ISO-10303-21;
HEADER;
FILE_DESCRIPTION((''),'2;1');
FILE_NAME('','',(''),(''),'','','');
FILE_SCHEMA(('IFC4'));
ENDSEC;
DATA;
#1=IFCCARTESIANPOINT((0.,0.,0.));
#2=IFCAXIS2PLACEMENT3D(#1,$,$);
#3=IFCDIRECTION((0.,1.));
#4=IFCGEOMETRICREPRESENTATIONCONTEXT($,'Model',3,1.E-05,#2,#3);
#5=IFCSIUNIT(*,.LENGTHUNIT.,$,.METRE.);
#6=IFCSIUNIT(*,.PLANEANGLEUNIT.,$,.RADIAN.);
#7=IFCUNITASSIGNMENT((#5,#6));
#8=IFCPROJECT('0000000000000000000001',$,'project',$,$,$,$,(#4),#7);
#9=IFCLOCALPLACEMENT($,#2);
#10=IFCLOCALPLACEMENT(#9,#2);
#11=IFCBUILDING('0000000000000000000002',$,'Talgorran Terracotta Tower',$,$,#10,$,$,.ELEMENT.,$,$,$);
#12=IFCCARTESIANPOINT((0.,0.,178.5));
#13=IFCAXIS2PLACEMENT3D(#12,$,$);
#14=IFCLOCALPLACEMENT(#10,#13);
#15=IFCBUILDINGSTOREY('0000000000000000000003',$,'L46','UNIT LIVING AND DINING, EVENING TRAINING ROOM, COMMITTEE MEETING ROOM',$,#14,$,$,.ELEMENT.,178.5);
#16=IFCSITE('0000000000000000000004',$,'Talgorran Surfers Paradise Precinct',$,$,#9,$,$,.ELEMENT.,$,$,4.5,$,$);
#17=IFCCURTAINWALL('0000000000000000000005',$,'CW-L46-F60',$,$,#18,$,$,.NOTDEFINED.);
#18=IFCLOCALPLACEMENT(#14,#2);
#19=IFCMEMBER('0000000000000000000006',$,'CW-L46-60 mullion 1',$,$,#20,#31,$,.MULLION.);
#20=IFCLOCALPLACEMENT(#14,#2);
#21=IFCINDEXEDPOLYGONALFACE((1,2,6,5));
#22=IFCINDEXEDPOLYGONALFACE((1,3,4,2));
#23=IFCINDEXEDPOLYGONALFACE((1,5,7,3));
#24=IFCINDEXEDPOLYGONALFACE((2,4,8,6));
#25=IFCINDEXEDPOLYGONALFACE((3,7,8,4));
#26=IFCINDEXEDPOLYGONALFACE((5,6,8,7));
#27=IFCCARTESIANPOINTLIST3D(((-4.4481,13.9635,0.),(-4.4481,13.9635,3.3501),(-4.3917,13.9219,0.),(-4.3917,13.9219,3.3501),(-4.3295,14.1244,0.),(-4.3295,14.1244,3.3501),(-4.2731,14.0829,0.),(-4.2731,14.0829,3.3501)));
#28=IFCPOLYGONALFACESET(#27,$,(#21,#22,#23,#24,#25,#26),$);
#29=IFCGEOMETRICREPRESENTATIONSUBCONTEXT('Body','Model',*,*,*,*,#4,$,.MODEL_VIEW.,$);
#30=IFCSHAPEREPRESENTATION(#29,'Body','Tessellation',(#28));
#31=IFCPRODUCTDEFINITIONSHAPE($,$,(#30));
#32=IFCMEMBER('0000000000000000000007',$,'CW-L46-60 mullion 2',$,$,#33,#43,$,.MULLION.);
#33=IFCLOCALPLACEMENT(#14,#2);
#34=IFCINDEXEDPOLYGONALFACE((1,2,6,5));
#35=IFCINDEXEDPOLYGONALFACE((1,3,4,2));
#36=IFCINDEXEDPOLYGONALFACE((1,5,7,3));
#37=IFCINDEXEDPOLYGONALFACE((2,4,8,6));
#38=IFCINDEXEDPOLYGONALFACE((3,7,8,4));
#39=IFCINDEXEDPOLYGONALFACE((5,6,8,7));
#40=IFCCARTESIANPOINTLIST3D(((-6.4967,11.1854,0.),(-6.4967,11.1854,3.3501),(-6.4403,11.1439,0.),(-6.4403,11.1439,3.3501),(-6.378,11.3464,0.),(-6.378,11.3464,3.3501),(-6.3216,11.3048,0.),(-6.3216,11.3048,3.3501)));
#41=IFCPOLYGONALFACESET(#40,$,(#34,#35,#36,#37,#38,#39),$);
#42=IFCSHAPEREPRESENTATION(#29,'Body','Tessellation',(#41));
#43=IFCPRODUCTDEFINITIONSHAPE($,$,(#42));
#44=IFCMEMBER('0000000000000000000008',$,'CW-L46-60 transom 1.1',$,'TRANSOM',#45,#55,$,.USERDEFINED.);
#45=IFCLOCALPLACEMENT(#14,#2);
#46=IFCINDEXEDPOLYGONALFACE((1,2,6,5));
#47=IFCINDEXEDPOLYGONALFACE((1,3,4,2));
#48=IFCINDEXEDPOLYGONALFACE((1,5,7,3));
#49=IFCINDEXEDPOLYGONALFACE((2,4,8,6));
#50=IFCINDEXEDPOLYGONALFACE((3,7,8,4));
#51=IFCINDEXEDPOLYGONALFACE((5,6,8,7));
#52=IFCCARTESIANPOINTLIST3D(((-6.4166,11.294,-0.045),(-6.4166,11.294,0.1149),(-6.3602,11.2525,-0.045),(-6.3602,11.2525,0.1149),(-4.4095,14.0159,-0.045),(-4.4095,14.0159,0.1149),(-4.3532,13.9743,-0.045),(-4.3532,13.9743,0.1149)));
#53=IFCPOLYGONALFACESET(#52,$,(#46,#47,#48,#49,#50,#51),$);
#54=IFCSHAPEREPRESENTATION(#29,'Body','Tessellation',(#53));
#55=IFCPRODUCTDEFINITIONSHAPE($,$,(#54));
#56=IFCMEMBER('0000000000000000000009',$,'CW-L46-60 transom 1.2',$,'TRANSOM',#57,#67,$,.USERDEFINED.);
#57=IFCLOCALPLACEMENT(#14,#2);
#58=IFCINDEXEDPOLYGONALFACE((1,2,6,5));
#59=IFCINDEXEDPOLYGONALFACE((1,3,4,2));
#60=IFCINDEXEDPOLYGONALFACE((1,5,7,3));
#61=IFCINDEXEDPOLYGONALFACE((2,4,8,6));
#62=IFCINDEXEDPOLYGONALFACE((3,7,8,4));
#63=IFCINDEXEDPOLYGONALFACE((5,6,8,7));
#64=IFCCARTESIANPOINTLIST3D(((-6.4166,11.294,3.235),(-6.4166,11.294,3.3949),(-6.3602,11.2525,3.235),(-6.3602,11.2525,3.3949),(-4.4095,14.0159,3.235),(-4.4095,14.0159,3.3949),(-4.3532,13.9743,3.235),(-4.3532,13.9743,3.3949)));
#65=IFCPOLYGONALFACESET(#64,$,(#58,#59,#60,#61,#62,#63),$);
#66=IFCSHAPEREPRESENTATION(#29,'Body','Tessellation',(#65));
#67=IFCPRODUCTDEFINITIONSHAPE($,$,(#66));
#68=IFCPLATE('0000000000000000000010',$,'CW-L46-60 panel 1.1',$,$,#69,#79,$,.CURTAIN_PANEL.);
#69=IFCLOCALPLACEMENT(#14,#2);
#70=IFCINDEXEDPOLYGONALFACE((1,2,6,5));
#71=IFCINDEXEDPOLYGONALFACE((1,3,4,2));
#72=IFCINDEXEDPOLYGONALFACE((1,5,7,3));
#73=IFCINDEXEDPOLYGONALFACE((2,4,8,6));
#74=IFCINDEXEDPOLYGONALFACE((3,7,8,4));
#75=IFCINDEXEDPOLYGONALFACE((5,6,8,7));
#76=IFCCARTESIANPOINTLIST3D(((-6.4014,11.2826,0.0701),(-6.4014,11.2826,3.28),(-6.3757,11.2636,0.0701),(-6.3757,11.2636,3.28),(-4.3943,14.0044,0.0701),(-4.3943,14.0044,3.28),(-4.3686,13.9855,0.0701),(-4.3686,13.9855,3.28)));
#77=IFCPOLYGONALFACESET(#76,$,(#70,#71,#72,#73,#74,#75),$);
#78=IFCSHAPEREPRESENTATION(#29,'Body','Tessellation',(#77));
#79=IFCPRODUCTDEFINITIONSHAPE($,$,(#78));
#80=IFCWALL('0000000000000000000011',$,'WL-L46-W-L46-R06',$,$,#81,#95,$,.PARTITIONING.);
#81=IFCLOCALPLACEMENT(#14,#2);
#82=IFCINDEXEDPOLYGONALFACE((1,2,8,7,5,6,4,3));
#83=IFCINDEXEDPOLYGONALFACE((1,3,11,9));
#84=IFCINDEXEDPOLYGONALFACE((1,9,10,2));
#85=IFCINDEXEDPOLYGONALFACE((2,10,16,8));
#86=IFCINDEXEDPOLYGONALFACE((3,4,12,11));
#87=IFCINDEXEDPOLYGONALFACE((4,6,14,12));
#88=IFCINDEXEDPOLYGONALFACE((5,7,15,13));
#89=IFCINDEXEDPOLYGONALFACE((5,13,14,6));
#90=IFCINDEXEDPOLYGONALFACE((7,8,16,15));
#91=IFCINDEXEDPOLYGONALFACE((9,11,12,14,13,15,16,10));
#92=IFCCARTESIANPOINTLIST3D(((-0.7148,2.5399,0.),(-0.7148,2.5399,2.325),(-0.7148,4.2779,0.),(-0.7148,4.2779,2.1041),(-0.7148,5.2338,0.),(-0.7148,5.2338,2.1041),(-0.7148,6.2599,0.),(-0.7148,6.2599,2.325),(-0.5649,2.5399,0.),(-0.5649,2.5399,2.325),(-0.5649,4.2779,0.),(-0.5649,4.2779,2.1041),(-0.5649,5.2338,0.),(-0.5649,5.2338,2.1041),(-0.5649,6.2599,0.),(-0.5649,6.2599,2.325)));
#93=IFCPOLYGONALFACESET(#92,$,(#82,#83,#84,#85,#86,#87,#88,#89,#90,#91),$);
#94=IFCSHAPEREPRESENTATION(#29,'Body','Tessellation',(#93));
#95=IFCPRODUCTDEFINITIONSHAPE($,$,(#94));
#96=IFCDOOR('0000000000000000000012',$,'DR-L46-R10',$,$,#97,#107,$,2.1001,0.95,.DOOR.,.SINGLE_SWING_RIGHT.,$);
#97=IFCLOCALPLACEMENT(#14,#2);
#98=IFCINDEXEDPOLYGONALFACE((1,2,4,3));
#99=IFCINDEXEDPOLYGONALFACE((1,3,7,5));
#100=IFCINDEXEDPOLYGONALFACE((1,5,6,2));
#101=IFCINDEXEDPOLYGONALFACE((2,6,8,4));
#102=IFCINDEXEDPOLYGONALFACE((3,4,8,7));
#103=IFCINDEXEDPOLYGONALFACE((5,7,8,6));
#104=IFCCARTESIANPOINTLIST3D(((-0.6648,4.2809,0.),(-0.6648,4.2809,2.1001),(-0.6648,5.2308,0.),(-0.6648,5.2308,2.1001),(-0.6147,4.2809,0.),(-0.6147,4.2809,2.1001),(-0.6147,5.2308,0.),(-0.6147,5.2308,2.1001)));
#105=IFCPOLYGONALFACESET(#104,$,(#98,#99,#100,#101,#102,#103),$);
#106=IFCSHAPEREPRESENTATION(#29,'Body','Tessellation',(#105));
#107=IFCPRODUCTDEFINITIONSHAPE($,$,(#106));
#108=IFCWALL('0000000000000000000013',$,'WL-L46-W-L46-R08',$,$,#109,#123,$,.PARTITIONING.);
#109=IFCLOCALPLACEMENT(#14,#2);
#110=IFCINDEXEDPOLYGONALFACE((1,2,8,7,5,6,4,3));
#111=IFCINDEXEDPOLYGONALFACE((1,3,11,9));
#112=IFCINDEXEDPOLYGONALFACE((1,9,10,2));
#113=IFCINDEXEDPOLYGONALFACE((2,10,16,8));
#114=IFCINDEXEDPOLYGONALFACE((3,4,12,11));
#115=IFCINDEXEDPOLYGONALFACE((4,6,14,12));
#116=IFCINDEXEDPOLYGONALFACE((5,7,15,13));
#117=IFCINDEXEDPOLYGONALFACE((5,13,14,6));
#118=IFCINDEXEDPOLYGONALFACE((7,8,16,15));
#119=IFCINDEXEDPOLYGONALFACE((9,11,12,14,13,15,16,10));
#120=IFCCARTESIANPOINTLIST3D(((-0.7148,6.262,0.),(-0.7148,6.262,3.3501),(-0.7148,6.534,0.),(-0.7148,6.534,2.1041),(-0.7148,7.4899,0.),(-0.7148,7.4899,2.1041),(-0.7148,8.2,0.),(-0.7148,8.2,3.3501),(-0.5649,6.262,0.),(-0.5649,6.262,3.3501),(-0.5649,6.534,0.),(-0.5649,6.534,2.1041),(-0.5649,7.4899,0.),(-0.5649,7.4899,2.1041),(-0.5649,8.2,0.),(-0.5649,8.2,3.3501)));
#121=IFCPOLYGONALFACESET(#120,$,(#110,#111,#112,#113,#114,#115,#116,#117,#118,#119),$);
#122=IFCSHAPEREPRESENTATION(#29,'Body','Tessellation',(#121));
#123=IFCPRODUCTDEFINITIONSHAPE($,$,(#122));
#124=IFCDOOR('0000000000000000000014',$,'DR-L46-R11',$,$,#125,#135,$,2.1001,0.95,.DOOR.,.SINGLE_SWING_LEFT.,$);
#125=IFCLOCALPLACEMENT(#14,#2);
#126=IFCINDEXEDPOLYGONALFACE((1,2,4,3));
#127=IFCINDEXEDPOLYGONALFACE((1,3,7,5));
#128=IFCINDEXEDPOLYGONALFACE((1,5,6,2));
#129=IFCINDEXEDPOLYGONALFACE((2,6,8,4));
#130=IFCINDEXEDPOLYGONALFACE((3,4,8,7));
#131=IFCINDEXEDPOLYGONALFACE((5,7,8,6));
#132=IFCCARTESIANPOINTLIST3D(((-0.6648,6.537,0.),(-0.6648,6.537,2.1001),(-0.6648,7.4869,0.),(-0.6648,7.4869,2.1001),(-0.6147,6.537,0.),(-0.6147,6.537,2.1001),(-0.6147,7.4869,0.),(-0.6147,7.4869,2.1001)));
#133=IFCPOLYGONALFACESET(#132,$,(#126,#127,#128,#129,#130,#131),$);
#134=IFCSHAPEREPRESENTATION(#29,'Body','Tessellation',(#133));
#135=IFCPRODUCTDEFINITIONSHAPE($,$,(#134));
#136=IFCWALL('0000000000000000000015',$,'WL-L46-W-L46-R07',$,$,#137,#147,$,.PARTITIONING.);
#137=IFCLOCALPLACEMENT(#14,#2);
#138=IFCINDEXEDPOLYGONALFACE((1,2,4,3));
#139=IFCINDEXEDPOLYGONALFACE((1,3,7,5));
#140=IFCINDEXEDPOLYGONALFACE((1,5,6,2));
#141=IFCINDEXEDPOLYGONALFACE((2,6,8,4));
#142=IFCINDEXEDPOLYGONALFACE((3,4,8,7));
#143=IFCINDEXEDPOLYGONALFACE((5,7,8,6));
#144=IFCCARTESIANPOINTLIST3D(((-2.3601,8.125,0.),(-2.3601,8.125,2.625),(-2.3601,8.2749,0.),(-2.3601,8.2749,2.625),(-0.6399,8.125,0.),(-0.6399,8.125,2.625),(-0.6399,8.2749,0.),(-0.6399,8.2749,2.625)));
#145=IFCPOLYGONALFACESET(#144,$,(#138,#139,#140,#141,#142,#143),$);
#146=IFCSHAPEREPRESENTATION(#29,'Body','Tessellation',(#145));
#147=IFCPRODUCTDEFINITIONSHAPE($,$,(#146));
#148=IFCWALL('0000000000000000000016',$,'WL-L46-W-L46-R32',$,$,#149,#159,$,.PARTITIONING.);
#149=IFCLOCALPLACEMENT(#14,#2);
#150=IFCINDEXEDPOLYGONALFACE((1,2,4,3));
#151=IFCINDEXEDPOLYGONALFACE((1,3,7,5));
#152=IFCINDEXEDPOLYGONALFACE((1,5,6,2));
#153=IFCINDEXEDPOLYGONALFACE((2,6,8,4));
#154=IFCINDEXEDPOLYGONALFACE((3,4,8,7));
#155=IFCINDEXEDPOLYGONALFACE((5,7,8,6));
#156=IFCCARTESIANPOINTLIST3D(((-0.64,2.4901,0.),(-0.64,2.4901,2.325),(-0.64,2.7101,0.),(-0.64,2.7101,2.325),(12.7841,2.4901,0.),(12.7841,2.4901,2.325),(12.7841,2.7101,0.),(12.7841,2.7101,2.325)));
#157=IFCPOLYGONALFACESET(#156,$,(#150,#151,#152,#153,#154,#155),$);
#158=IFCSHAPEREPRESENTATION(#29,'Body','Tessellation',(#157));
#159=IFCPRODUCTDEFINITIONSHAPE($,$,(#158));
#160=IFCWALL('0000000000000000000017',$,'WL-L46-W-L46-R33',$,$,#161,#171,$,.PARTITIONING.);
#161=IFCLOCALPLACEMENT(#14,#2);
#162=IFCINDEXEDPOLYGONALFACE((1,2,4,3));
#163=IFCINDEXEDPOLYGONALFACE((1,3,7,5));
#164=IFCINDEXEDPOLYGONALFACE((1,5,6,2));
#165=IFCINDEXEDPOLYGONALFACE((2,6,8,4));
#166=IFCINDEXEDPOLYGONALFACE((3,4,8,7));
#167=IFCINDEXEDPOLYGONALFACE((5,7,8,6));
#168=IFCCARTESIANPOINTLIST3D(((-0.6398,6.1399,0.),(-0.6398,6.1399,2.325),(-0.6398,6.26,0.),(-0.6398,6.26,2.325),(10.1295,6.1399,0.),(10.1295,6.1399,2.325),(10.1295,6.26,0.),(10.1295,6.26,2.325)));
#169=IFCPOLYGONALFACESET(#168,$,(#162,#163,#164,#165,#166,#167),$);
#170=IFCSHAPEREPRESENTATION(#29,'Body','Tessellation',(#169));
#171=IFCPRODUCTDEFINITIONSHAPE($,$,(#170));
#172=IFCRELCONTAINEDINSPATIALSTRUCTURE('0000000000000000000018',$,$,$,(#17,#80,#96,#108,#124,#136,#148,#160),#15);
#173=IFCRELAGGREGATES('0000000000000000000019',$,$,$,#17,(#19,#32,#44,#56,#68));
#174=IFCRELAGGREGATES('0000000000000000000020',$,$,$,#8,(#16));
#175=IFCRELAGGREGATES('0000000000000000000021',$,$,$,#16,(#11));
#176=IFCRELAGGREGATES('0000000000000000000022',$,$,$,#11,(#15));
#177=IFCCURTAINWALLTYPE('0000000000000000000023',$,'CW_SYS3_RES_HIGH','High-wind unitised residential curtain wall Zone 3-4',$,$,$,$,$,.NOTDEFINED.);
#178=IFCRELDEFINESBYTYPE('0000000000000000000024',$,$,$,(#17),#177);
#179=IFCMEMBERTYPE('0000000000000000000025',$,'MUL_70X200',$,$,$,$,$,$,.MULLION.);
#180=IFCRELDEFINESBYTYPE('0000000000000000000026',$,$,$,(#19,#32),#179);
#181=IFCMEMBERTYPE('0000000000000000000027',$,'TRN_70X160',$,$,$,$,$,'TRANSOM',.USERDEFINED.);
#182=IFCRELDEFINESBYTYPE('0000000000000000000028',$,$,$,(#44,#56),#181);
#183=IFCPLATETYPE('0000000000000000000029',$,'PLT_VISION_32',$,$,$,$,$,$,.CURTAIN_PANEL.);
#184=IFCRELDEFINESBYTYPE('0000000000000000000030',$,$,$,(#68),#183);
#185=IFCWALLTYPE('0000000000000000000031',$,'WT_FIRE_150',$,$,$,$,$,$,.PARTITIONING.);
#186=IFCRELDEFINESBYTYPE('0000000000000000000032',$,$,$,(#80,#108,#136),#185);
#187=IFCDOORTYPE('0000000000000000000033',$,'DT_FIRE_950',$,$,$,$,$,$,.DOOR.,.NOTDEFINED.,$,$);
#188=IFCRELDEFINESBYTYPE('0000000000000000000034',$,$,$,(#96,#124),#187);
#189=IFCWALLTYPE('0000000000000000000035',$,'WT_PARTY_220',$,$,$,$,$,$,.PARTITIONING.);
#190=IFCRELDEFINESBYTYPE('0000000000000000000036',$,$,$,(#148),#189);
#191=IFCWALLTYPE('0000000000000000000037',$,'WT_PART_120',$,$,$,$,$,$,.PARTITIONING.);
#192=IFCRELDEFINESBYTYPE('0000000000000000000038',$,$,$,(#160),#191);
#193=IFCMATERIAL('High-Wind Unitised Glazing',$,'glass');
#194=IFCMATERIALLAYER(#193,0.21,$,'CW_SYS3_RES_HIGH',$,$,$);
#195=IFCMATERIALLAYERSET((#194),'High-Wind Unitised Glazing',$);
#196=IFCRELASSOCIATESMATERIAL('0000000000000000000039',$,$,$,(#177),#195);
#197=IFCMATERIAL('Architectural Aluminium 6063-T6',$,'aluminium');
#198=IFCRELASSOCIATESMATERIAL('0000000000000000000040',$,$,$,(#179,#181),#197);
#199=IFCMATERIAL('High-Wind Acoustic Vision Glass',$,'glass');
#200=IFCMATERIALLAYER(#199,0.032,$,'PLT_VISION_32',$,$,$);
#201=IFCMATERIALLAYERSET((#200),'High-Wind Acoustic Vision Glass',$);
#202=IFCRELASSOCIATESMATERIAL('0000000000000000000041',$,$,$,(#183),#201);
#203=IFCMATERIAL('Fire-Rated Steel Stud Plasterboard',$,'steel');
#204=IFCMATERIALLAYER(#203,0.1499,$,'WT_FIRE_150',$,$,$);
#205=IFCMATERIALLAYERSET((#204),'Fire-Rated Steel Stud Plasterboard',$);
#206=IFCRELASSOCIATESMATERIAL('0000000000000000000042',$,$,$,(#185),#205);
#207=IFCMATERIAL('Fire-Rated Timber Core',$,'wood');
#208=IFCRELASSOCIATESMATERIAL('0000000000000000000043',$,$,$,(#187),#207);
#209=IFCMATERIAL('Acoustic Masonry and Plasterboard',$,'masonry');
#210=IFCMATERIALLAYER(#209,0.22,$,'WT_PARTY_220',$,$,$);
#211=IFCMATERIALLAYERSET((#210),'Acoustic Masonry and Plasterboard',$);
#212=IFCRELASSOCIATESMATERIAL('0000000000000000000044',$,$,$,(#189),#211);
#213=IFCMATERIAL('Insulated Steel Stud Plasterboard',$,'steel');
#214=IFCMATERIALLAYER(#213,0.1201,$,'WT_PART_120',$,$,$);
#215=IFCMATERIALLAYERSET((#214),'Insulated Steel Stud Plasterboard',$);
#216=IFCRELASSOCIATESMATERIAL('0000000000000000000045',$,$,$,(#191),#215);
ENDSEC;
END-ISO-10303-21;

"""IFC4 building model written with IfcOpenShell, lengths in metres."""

from ifc_helpers import new_model, si_unit, direction, frame, frame_2d, origin, origin_2d, place, context, subcontext, project, spatial, rectangle, extrude, source, transform, mapped, material, layer, layer_set, material_profile, profile_set, type_object, type_shapes, element, fill, aggregate, save


model = new_model("IFC4")

# Units and contexts
model_context = context("Model", 3, precision=1e-05, world=origin(), true_north=direction((0.0, 1.0)))
body_context = subcontext(model_context, "Body", "Model", "MODEL_VIEW")
ifc_project = project(units=[si_unit("LENGTHUNIT", "METRE"), si_unit("PLANEANGLEUNIT", "RADIAN")], contexts=[model_context])

# Site, building, storey
site_placement = place(None, origin())
site = spatial("IfcSite", under=ifc_project, at=site_placement, Name="Talgorran Surfers Paradise Precinct", CompositionType="ELEMENT", RefElevation=4.5)
building_placement = place(site_placement, origin())
building = spatial("IfcBuilding", under=site, at=building_placement, Name="Talgorran Terracotta Tower", CompositionType="ELEMENT")
storey_placement = place(building_placement, frame((0.0, 0.0, 178.5)))
storey = spatial("IfcBuildingStorey", under=building, at=storey_placement, Name="L46", Description="UNIT LIVING AND DINING, EVENING TRAINING ROOM, COMMITTEE MEETING ROOM", CompositionType="ELEMENT", Elevation=178.5)

# Shared definitions
ifc_material_1 = material(Name="High-Wind Unitised Glazing", Category="glass")
ifc_layer_1 = layer(ifc_material_1, 0.21, Name="CW_SYS3_RES_HIGH")
ifc_layer_set_1 = layer_set([ifc_layer_1], Name="High-Wind Unitised Glazing")
curtain_wall_type = type_object("IfcCurtainWallType", Name="CW_SYS3_RES_HIGH", Description="High-wind unitised residential curtain wall Zone 3-4", PredefinedType="NOTDEFINED", material=ifc_layer_set_1)
ifc_material_2 = material(Name="Architectural Aluminium 6063-T6", Category="aluminium")
ifc_material_profile_1 = material_profile(ifc_material_2, rectangle(XDim=0.0701, YDim=0.2, at=origin_2d()), Name="CWM70X200")
ifc_profile_set_1 = profile_set([ifc_material_profile_1], Name="Architectural Aluminium 6063-T6")
member_type_1 = type_object("IfcMemberType", Name="MUL_70X200", PredefinedType="MULLION", material=ifc_profile_set_1)

# Curtain wall, members, plate
curtain_wall_1_placement = place(storey_placement, origin())
curtain_wall_1 = element("IfcCurtainWall", 1, at=curtain_wall_1_placement, inside=storey, type_object=curtain_wall_type, Name="CW-L46-F60", PredefinedType="NOTDEFINED")
member_1_placement = place(storey_placement, frame((-4.3606, 14.0232, 0.0), z_axis=(0.0, 0.0, 1.0), x_axis=(0.804836, -0.593497, 0.0)))
member_1 = element("IfcMember", 2, at=member_1_placement, type_object=member_type_1, Name="CW-L46-60 mullion 1", PredefinedType="MULLION", context=body_context, shape_type="SweptSolid", body=[
    extrude(rectangle(XDim=0.0701, YDim=0.2, at=origin_2d()), origin(), (0.0, 0.0, 1.0), 3.3501),
])
member_2_placement = place(storey_placement, frame((-6.4092, 11.2451, 0.0), z_axis=(0.0, 0.0, 1.0), x_axis=(0.804836, -0.593497, 0.0)))
member_2 = element("IfcMember", 3, at=member_2_placement, type_object=member_type_1, Name="CW-L46-60 mullion 2", PredefinedType="MULLION", context=body_context, shape_type="SweptSolid", body=[
    extrude(rectangle(XDim=0.0701, YDim=0.2, at=origin_2d()), origin(), (0.0, 0.0, 1.0), 3.3501),
])
ifc_material_profile_2 = material_profile(ifc_material_2, rectangle(XDim=0.0701, YDim=0.1599, at=origin_2d()), Name="CWT70X160")
ifc_profile_set_2 = profile_set([ifc_material_profile_2], Name="Architectural Aluminium 6063-T6")
member_type_2 = type_object("IfcMemberType", Name="TRN_70X160", ElementType="TRANSOM", PredefinedType="USERDEFINED", material=ifc_profile_set_2)
member_3_placement = place(storey_placement, frame((-4.3813, 13.9951, 0.0349), z_axis=(-0.593477, -0.804851, 0.0), x_axis=(0.804851, -0.593477, 0.0)))
member_3 = element("IfcMember", 4, at=member_3_placement, type_object=member_type_2, Name="CW-L46-60 transom 1.1", ObjectType="TRANSOM", PredefinedType="USERDEFINED", context=body_context, shape_type="SweptSolid", body=[
    extrude(rectangle(XDim=0.0701, YDim=0.1599, at=origin_2d()), origin(), (0.0, 0.0, 1.0), 3.3818),
])
member_4_placement = place(storey_placement, frame((-4.3813, 13.9951, 3.3149), z_axis=(-0.593477, -0.804851, 0.0), x_axis=(0.804851, -0.593477, 0.0)))
member_4 = element("IfcMember", 5, at=member_4_placement, type_object=member_type_2, Name="CW-L46-60 transom 1.2", ObjectType="TRANSOM", PredefinedType="USERDEFINED", context=body_context, shape_type="SweptSolid", body=[
    extrude(rectangle(XDim=0.0701, YDim=0.1599, at=origin_2d()), origin(), (0.0, 0.0, 1.0), 3.3818),
])
ifc_material_3 = material(Name="High-Wind Acoustic Vision Glass", Category="glass")
ifc_layer_2 = layer(ifc_material_3, 0.032, Name="PLT_VISION_32")
ifc_layer_set_2 = layer_set([ifc_layer_2], Name="High-Wind Acoustic Vision Glass")
plate_type = type_object("IfcPlateType", Name="PLT_VISION_32", PredefinedType="CURTAIN_PANEL", material=ifc_layer_set_2)
shared_shape = source(origin(), body_context, "Body", "SweptSolid", [
    extrude(rectangle(XDim=3.3818, YDim=0.032, at=origin_2d()), origin(), (0.0, 0.0, 1.0), 3.21),
])
type_shapes(plate_type, [shared_shape])
plate_placement = place(storey_placement, frame((-5.385, 12.634, 0.0701), z_axis=(0.0, 0.0, 1.0), x_axis=(-0.593497, -0.804836, 0.0)))
plate = element("IfcPlate", 6, at=plate_placement, type_object=plate_type, Name="CW-L46-60 panel 1.1", PredefinedType="CURTAIN_PANEL", context=body_context, shape_type="MappedRepresentation", body=[
    mapped(shared_shape, transform((0.0, 0.0, 0.0), scale=1.0)),
])
aggregate(curtain_wall_1, [member_1, member_2, member_3, member_4, plate])

# Walls, openings, doors
ifc_material_4 = material(Name="Fire-Rated Steel Stud Plasterboard", Category="steel")
ifc_layer_3 = layer(ifc_material_4, 0.1499, Name="WT_FIRE_150")
ifc_layer_set_3 = layer_set([ifc_layer_3], Name="Fire-Rated Steel Stud Plasterboard")
wall_type_1 = type_object("IfcWallType", Name="WT_FIRE_150", PredefinedType="PARTITIONING", material=ifc_layer_set_3)
wall_1_placement = place(storey_placement, frame((-0.6399, 2.54, 0.0), z_axis=(0.0, 0.0, 1.0), x_axis=(0.0, 1.0, 0.0)))
wall_1 = element("IfcWall", 7, at=wall_1_placement, inside=storey, type_object=wall_type_1, Name="WL-L46-W-L46-R06", PredefinedType="PARTITIONING", context=body_context, shape_type="SweptSolid", body=[
    extrude(rectangle(XDim=3.72, YDim=0.1499, at=frame_2d((1.8599, 0.0))), origin(), (0.0, 0.0, 1.0), 2.325),
])
opening_1_placement = place(wall_1_placement, frame((1.7407, 0.0, 0.0)))
opening_1 = element("IfcOpeningElement", 8, at=opening_1_placement, cuts=wall_1, PredefinedType="OPENING", context=body_context, shape_type="SweptSolid", body=[
    extrude(rectangle(XDim=0.956, YDim=2.1041, at=frame_2d((0.4751, 1.052))), frame((0.0, 0.085, 0.0), z_axis=(0.0, -1.0, 0.0), x_axis=(1.0, 0.0, 0.0)), (0.0, 0.0, 1.0), 0.1699),
])
ifc_material_5 = material(Name="Fire-Rated Timber Core", Category="wood")
door_type = type_object("IfcDoorType", Name="DT_FIRE_950", OperationType="NOTDEFINED", PredefinedType="DOOR", material=ifc_material_5)
door_1_placement = place(opening_1_placement, origin())
door_1 = element("IfcDoor", 9, at=door_1_placement, inside=storey, type_object=door_type, Name="DR-L46-R10", OperationType="SINGLE_SWING_RIGHT", OverallHeight=2.1001, OverallWidth=0.95, PredefinedType="DOOR", context=body_context, shape_type="SweptSolid", body=[
    extrude(rectangle(XDim=0.95, YDim=2.1001, at=frame_2d((0.4751, 1.05))), frame((0.0, 0.0249, 0.0), z_axis=(0.0, -1.0, 0.0), x_axis=(1.0, 0.0, 0.0)), (0.0, 0.0, 1.0), 0.05),
])
fill(opening_1, door_1)
wall_2_placement = place(storey_placement, frame((-0.6399, 6.262, 0.0), z_axis=(0.0, 0.0, 1.0), x_axis=(0.0, 1.0, 0.0)))
wall_2 = element("IfcWall", 10, at=wall_2_placement, inside=storey, type_object=wall_type_1, Name="WL-L46-W-L46-R08", PredefinedType="PARTITIONING", context=body_context, shape_type="SweptSolid", body=[
    extrude(rectangle(XDim=1.938, YDim=0.1499, at=frame_2d((0.969, 0.0))), origin(), (0.0, 0.0, 1.0), 3.3501),
])
opening_2_placement = place(wall_2_placement, frame((0.2749, 0.0, 0.0)))
opening_2 = element("IfcOpeningElement", 11, at=opening_2_placement, cuts=wall_2, PredefinedType="OPENING", context=body_context, shape_type="SweptSolid", body=[
    extrude(rectangle(XDim=0.956, YDim=2.1041, at=frame_2d((0.4751, 1.052))), frame((0.0, 0.085, 0.0), z_axis=(0.0, -1.0, 0.0), x_axis=(1.0, 0.0, 0.0)), (0.0, 0.0, 1.0), 0.1699),
])
door_2_placement = place(opening_2_placement, origin())
door_2 = element("IfcDoor", 12, at=door_2_placement, inside=storey, type_object=door_type, Name="DR-L46-R11", OperationType="SINGLE_SWING_LEFT", OverallHeight=2.1001, OverallWidth=0.95, PredefinedType="DOOR", context=body_context, shape_type="SweptSolid", body=[
    extrude(rectangle(XDim=0.95, YDim=2.1001, at=frame_2d((0.4751, 1.05))), frame((0.0, 0.0249, 0.0), z_axis=(0.0, -1.0, 0.0), x_axis=(1.0, 0.0, 0.0)), (0.0, 0.0, 1.0), 0.05),
])
fill(opening_2, door_2)

# Walls
wall_3_placement = place(storey_placement, frame((-2.3601, 8.2, 0.0), z_axis=(0.0, 0.0, 1.0), x_axis=(1.0, 0.0, 0.0)))
element("IfcWall", 13, at=wall_3_placement, inside=storey, type_object=wall_type_1, Name="WL-L46-W-L46-R07", PredefinedType="PARTITIONING", context=body_context, shape_type="SweptSolid", body=[
    extrude(rectangle(XDim=1.7202, YDim=0.1499, at=frame_2d((0.8601, 0.0))), origin(), (0.0, 0.0, 1.0), 2.625),
])
ifc_material_6 = material(Name="Acoustic Masonry and Plasterboard", Category="masonry")
ifc_layer_4 = layer(ifc_material_6, 0.22, Name="WT_PARTY_220")
ifc_layer_set_4 = layer_set([ifc_layer_4], Name="Acoustic Masonry and Plasterboard")
wall_type_2 = type_object("IfcWallType", Name="WT_PARTY_220", PredefinedType="PARTITIONING", material=ifc_layer_set_4)
wall_4_placement = place(storey_placement, frame((-0.6399, 2.6001, 0.0), z_axis=(0.0, 0.0, 1.0), x_axis=(1.0, 0.0, 0.0)))
element("IfcWall", 14, at=wall_4_placement, inside=storey, type_object=wall_type_2, Name="WL-L46-W-L46-R32", PredefinedType="PARTITIONING", context=body_context, shape_type="SweptSolid", body=[
    extrude(rectangle(XDim=13.4241, YDim=0.22, at=frame_2d((6.7119, 0.0))), origin(), (0.0, 0.0, 1.0), 2.325),
])
ifc_material_7 = material(Name="Insulated Steel Stud Plasterboard", Category="steel")
ifc_layer_5 = layer(ifc_material_7, 0.1201, Name="WT_PART_120")
ifc_layer_set_5 = layer_set([ifc_layer_5], Name="Insulated Steel Stud Plasterboard")
wall_type_3 = type_object("IfcWallType", Name="WT_PART_120", PredefinedType="PARTITIONING", material=ifc_layer_set_5)
wall_5_placement = place(storey_placement, frame((-0.6399, 6.2, 0.0), z_axis=(0.0, 0.0, 1.0), x_axis=(1.0, 0.0, 0.0)))
element("IfcWall", 15, at=wall_5_placement, inside=storey, type_object=wall_type_3, Name="WL-L46-W-L46-R33", PredefinedType="PARTITIONING", context=body_context, shape_type="SweptSolid", body=[
    extrude(rectangle(XDim=10.7693, YDim=0.1201, at=frame_2d((5.3848, 0.0))), origin(), (0.0, 0.0, 1.0), 2.325),
])

save(model, "model.ifc")
